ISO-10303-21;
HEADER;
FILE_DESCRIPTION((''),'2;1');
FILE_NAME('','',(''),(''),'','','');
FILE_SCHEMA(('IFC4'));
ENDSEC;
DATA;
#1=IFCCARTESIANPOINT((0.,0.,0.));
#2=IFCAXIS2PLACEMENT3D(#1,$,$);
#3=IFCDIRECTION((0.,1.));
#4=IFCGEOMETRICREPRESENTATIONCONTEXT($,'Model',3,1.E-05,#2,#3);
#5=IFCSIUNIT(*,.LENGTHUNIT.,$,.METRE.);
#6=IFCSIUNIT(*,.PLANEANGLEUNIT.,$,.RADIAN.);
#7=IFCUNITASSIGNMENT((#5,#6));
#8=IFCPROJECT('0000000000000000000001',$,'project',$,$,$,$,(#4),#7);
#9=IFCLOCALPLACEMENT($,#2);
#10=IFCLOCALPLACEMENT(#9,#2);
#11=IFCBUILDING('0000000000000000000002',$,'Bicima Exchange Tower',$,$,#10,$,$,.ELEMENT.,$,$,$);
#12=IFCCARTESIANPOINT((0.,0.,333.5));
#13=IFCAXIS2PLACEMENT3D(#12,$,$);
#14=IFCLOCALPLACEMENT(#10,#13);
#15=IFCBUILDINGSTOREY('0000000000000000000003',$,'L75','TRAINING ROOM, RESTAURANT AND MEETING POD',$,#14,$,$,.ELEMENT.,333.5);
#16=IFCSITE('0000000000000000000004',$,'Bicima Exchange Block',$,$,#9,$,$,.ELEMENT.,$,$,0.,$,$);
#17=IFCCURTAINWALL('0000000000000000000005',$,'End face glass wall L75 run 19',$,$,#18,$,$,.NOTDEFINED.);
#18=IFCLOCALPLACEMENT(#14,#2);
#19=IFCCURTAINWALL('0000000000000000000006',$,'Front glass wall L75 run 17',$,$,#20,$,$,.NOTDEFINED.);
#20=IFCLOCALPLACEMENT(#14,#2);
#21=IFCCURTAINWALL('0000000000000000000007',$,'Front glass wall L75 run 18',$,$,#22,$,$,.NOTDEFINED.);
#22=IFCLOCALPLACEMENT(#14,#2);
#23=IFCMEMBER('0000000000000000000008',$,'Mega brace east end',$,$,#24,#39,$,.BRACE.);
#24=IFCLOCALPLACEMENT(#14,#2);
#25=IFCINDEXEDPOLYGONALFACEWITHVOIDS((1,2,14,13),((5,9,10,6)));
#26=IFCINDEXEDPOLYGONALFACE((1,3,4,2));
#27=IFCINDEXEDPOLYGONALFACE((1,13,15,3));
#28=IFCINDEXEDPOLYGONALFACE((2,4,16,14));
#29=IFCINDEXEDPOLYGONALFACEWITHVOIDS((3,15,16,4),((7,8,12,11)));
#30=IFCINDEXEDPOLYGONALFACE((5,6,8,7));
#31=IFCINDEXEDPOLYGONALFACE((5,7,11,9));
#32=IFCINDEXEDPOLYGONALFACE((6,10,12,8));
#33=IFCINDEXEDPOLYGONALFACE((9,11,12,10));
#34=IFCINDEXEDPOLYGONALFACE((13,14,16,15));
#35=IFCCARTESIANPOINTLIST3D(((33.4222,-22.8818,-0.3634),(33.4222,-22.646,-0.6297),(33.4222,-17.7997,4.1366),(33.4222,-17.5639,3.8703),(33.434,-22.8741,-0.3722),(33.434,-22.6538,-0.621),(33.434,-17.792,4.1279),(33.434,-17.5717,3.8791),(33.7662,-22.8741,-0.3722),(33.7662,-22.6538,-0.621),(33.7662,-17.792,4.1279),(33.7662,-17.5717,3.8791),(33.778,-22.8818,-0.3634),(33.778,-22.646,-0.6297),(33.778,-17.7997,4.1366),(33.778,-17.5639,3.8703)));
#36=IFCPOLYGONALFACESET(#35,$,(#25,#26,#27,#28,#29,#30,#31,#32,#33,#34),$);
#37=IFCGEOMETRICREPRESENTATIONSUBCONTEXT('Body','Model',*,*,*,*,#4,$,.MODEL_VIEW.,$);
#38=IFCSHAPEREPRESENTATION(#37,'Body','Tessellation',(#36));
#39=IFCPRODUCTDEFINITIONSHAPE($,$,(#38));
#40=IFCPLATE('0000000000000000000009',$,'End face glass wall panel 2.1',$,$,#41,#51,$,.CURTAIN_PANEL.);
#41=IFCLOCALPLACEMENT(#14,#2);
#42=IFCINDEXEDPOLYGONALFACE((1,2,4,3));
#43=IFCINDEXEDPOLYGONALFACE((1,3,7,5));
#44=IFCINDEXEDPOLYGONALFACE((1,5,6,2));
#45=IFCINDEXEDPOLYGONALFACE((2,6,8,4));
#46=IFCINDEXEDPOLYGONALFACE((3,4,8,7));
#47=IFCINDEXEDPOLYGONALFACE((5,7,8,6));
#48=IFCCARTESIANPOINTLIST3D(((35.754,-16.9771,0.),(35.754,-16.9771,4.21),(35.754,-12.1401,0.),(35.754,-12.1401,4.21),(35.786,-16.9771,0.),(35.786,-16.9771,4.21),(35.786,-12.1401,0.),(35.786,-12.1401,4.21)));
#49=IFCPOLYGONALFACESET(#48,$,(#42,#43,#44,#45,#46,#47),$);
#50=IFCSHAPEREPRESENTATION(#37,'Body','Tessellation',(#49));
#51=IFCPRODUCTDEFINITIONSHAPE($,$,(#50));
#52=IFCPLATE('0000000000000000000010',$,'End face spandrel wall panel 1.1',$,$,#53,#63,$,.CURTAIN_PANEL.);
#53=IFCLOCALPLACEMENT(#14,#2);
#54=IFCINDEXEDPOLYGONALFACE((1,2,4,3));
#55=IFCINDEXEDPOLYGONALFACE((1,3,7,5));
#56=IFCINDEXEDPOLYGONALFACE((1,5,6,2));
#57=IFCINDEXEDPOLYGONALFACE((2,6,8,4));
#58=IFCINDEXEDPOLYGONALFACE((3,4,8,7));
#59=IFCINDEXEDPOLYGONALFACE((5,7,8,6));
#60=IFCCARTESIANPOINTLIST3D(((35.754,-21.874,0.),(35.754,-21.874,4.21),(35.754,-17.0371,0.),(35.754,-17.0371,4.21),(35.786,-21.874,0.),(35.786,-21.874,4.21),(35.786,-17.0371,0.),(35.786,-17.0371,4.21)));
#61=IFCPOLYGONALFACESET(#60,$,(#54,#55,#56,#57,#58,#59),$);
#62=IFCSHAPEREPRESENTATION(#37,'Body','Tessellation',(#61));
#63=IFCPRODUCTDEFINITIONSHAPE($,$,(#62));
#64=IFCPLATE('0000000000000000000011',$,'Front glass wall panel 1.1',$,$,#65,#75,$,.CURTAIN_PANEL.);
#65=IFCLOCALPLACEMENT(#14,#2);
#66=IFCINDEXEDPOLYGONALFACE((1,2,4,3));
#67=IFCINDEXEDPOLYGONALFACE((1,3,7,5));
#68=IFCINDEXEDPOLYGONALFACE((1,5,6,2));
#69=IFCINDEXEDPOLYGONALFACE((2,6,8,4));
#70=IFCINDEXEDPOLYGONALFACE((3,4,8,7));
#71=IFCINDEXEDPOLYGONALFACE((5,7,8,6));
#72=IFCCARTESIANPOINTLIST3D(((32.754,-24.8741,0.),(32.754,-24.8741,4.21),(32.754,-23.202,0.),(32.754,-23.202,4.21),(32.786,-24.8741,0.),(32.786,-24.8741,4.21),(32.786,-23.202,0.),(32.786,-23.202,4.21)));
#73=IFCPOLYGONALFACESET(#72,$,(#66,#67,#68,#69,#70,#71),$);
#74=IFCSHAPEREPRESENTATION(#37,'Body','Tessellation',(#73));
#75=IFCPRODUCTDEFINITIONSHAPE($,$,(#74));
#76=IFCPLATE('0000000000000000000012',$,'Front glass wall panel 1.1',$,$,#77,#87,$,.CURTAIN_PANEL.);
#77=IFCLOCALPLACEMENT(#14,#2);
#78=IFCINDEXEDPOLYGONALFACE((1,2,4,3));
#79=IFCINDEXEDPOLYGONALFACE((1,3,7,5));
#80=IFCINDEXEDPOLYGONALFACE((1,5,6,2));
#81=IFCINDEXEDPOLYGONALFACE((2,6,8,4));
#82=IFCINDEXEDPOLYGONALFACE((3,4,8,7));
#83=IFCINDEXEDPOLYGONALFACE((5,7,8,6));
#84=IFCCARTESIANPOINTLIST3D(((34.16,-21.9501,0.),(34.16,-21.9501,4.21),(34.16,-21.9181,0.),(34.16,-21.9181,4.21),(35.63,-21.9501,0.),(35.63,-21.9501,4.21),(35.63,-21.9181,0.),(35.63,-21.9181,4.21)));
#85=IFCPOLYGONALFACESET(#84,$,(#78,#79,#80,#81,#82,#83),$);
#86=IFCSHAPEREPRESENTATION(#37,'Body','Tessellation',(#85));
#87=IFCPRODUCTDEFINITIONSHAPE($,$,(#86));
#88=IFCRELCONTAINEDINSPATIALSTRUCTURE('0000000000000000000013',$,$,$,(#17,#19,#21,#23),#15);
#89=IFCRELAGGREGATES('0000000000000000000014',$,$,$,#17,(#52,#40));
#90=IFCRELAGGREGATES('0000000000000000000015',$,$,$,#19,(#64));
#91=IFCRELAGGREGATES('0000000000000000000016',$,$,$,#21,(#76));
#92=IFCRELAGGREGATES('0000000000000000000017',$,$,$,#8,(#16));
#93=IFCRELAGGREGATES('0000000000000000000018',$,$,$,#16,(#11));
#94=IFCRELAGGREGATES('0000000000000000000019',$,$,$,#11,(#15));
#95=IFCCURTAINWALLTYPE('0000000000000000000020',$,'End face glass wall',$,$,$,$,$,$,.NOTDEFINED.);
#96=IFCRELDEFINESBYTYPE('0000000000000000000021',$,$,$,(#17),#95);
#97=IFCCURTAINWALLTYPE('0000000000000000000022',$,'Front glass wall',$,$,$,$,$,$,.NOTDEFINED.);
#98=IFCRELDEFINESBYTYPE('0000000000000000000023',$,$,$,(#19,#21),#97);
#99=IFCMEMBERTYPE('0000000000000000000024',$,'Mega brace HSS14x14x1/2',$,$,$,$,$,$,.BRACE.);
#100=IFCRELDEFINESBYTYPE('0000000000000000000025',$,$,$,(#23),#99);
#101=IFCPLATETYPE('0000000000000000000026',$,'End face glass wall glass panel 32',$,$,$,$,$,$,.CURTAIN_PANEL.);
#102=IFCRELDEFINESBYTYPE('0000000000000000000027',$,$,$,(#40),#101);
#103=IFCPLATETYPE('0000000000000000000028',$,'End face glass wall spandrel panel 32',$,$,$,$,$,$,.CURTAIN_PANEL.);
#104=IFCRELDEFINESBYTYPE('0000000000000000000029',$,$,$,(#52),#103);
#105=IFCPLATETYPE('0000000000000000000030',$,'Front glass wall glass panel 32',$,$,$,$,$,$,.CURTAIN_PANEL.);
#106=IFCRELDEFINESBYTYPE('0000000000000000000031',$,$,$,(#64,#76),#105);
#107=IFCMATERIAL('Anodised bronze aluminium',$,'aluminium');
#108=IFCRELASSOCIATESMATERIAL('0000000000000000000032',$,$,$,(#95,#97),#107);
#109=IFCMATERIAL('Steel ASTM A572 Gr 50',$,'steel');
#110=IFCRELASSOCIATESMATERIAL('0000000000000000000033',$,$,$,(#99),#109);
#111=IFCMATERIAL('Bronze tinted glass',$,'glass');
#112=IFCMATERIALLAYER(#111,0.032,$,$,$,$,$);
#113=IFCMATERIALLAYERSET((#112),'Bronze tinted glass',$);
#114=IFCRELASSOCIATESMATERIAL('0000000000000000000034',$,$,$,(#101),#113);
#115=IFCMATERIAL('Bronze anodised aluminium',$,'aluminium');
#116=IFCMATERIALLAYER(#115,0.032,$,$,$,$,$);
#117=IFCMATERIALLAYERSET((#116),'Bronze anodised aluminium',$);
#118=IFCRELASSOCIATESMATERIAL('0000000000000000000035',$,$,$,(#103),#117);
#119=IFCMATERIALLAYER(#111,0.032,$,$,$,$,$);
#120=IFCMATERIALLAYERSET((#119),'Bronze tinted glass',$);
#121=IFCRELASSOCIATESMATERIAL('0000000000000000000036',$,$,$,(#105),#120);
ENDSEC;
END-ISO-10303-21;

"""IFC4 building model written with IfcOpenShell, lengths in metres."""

from ifc_helpers import new_model, si_unit, direction, frame, origin, origin_2d, place, context, subcontext, project, spatial, rectangle, hollow_rectangle, extrude, material, layer, layer_set, material_profile, profile_set, type_object, element, aggregate, save


model = new_model("IFC4")

# Units and contexts
model_context = context("Model", 3, precision=1e-05, world=origin(), true_north=direction((0.0, 1.0)))
body_context = subcontext(model_context, "Body", "Model", "MODEL_VIEW")
ifc_project = project(units=[si_unit("LENGTHUNIT", "METRE"), si_unit("PLANEANGLEUNIT", "RADIAN")], contexts=[model_context])

# Site, building, storey
site_placement = place(None, origin())
site = spatial("IfcSite", under=ifc_project, at=site_placement, Name="Bicima Exchange Block", CompositionType="ELEMENT", RefElevation=0.0)
building_placement = place(site_placement, origin())
building = spatial("IfcBuilding", under=site, at=building_placement, Name="Bicima Exchange Tower", CompositionType="ELEMENT")
storey_placement = place(building_placement, frame((0.0, 0.0, 333.5)))
storey = spatial("IfcBuildingStorey", under=building, at=storey_placement, Name="L75", Description="TRAINING ROOM, RESTAURANT AND MEETING POD", CompositionType="ELEMENT", Elevation=333.5)

# Shared definitions
ifc_material_1 = material(Name="Steel ASTM A572 Gr 50", Category="steel")

# Curtain wall
ifc_material_2 = material(Name="Anodised bronze aluminium", Category="aluminium")
curtain_wall_type_1 = type_object("IfcCurtainWallType", Name="End face glass wall", PredefinedType="NOTDEFINED", material=ifc_material_2)
curtain_wall_1_placement = place(storey_placement, origin())
curtain_wall_1 = element("IfcCurtainWall", 1, at=curtain_wall_1_placement, inside=storey, type_object=curtain_wall_type_1, Name="End face glass wall L75 run 19", PredefinedType="NOTDEFINED")

# Shared definitions
curtain_wall_type_2 = type_object("IfcCurtainWallType", Name="Front glass wall", PredefinedType="NOTDEFINED", material=ifc_material_2)

# Curtain walls
curtain_wall_2_placement = place(storey_placement, origin())
curtain_wall_2 = element("IfcCurtainWall", 2, at=curtain_wall_2_placement, inside=storey, type_object=curtain_wall_type_2, Name="Front glass wall L75 run 17", PredefinedType="NOTDEFINED")
curtain_wall_3_placement = place(storey_placement, origin())
curtain_wall_3 = element("IfcCurtainWall", 3, at=curtain_wall_3_placement, inside=storey, type_object=curtain_wall_type_2, Name="Front glass wall L75 run 18", PredefinedType="NOTDEFINED")

# Member
ifc_material_profile_1 = material_profile(ifc_material_1, hollow_rectangle(XDim=0.3557, YDim=0.3557, WallThickness=0.0117, at=origin_2d()))
ifc_profile_set_1 = profile_set([ifc_material_profile_1], Name="Steel ASTM A572 Gr 50")
member_type_1 = type_object("IfcMemberType", Name="Mega brace HSS14x14x1/2", PredefinedType="BRACE", material=ifc_profile_set_1)
member_1_placement = place(storey_placement, frame((33.6001, -22.7639, -0.4966), z_axis=(0.0, 0.748678, 0.662934), x_axis=(-1.0, 0.0, 0.0)))
element("IfcMember", 4, at=member_1_placement, inside=storey, type_object=member_type_1, Name="Mega brace east end", PredefinedType="BRACE", context=body_context, shape_type="SweptSolid", body=[
    extrude(hollow_rectangle(XDim=0.3557, YDim=0.3557, WallThickness=0.0117, at=origin_2d()), origin(), (0.0, 0.0, 1.0), 6.7881),
])

# Plates
ifc_material_3 = material(Name="Bronze tinted glass", Category="glass")
ifc_layer_1 = layer(ifc_material_3, 0.032)
ifc_layer_set_1 = layer_set([ifc_layer_1], Name="Bronze tinted glass")
plate_type_1 = type_object("IfcPlateType", Name="End face glass wall glass panel 32", PredefinedType="CURTAIN_PANEL", material=ifc_layer_set_1)
plate_1_placement = place(storey_placement, frame((35.77, -14.5586, 0.0), z_axis=(0.0, 0.0, 1.0), x_axis=(0.0, 1.0, 0.0)))
plate_1 = element("IfcPlate", 5, at=plate_1_placement, type_object=plate_type_1, Name="End face glass wall panel 2.1", PredefinedType="CURTAIN_PANEL", context=body_context, shape_type="SweptSolid", body=[
    extrude(rectangle(XDim=4.8369, YDim=0.032, at=origin_2d()), origin(), (0.0, 0.0, 1.0), 4.21),
])
ifc_material_4 = material(Name="Bronze anodised aluminium", Category="aluminium")
ifc_layer_2 = layer(ifc_material_4, 0.032)
ifc_layer_set_2 = layer_set([ifc_layer_2], Name="Bronze anodised aluminium")
plate_type_2 = type_object("IfcPlateType", Name="End face glass wall spandrel panel 32", PredefinedType="CURTAIN_PANEL", material=ifc_layer_set_2)
plate_2_placement = place(storey_placement, frame((35.77, -19.4556, 0.0), z_axis=(0.0, 0.0, 1.0), x_axis=(0.0, 1.0, 0.0)))
plate_2 = element("IfcPlate", 6, at=plate_2_placement, type_object=plate_type_2, Name="End face spandrel wall panel 1.1", PredefinedType="CURTAIN_PANEL", context=body_context, shape_type="SweptSolid", body=[
    extrude(rectangle(XDim=4.8369, YDim=0.032, at=origin_2d()), origin(), (0.0, 0.0, 1.0), 4.21),
])
aggregate(curtain_wall_1, [plate_2, plate_1])
ifc_layer_3 = layer(ifc_material_3, 0.032)
ifc_layer_set_3 = layer_set([ifc_layer_3], Name="Bronze tinted glass")
plate_type_3 = type_object("IfcPlateType", Name="Front glass wall glass panel 32", PredefinedType="CURTAIN_PANEL", material=ifc_layer_set_3)
plate_3_placement = place(storey_placement, frame((32.77, -24.0381, 0.0), z_axis=(0.0, 0.0, 1.0), x_axis=(0.0, 1.0, 0.0)))
plate_3 = element("IfcPlate", 7, at=plate_3_placement, type_object=plate_type_3, Name="Front glass wall panel 1.1", PredefinedType="CURTAIN_PANEL", context=body_context, shape_type="SweptSolid", body=[
    extrude(rectangle(XDim=1.6721, YDim=0.032, at=origin_2d()), origin(), (0.0, 0.0, 1.0), 4.21),
])
aggregate(curtain_wall_2, [plate_3])
plate_4_placement = place(storey_placement, frame((34.895, -21.9341, 0.0), z_axis=(0.0, 0.0, 1.0), x_axis=(1.0, 0.0, 0.0)))
plate_4 = element("IfcPlate", 8, at=plate_4_placement, type_object=plate_type_3, Name="Front glass wall panel 1.1", PredefinedType="CURTAIN_PANEL", context=body_context, shape_type="SweptSolid", body=[
    extrude(rectangle(XDim=1.47, YDim=0.032, at=origin_2d()), origin(), (0.0, 0.0, 1.0), 4.21),
])
aggregate(curtain_wall_3, [plate_4])

save(model, "model.ifc")
